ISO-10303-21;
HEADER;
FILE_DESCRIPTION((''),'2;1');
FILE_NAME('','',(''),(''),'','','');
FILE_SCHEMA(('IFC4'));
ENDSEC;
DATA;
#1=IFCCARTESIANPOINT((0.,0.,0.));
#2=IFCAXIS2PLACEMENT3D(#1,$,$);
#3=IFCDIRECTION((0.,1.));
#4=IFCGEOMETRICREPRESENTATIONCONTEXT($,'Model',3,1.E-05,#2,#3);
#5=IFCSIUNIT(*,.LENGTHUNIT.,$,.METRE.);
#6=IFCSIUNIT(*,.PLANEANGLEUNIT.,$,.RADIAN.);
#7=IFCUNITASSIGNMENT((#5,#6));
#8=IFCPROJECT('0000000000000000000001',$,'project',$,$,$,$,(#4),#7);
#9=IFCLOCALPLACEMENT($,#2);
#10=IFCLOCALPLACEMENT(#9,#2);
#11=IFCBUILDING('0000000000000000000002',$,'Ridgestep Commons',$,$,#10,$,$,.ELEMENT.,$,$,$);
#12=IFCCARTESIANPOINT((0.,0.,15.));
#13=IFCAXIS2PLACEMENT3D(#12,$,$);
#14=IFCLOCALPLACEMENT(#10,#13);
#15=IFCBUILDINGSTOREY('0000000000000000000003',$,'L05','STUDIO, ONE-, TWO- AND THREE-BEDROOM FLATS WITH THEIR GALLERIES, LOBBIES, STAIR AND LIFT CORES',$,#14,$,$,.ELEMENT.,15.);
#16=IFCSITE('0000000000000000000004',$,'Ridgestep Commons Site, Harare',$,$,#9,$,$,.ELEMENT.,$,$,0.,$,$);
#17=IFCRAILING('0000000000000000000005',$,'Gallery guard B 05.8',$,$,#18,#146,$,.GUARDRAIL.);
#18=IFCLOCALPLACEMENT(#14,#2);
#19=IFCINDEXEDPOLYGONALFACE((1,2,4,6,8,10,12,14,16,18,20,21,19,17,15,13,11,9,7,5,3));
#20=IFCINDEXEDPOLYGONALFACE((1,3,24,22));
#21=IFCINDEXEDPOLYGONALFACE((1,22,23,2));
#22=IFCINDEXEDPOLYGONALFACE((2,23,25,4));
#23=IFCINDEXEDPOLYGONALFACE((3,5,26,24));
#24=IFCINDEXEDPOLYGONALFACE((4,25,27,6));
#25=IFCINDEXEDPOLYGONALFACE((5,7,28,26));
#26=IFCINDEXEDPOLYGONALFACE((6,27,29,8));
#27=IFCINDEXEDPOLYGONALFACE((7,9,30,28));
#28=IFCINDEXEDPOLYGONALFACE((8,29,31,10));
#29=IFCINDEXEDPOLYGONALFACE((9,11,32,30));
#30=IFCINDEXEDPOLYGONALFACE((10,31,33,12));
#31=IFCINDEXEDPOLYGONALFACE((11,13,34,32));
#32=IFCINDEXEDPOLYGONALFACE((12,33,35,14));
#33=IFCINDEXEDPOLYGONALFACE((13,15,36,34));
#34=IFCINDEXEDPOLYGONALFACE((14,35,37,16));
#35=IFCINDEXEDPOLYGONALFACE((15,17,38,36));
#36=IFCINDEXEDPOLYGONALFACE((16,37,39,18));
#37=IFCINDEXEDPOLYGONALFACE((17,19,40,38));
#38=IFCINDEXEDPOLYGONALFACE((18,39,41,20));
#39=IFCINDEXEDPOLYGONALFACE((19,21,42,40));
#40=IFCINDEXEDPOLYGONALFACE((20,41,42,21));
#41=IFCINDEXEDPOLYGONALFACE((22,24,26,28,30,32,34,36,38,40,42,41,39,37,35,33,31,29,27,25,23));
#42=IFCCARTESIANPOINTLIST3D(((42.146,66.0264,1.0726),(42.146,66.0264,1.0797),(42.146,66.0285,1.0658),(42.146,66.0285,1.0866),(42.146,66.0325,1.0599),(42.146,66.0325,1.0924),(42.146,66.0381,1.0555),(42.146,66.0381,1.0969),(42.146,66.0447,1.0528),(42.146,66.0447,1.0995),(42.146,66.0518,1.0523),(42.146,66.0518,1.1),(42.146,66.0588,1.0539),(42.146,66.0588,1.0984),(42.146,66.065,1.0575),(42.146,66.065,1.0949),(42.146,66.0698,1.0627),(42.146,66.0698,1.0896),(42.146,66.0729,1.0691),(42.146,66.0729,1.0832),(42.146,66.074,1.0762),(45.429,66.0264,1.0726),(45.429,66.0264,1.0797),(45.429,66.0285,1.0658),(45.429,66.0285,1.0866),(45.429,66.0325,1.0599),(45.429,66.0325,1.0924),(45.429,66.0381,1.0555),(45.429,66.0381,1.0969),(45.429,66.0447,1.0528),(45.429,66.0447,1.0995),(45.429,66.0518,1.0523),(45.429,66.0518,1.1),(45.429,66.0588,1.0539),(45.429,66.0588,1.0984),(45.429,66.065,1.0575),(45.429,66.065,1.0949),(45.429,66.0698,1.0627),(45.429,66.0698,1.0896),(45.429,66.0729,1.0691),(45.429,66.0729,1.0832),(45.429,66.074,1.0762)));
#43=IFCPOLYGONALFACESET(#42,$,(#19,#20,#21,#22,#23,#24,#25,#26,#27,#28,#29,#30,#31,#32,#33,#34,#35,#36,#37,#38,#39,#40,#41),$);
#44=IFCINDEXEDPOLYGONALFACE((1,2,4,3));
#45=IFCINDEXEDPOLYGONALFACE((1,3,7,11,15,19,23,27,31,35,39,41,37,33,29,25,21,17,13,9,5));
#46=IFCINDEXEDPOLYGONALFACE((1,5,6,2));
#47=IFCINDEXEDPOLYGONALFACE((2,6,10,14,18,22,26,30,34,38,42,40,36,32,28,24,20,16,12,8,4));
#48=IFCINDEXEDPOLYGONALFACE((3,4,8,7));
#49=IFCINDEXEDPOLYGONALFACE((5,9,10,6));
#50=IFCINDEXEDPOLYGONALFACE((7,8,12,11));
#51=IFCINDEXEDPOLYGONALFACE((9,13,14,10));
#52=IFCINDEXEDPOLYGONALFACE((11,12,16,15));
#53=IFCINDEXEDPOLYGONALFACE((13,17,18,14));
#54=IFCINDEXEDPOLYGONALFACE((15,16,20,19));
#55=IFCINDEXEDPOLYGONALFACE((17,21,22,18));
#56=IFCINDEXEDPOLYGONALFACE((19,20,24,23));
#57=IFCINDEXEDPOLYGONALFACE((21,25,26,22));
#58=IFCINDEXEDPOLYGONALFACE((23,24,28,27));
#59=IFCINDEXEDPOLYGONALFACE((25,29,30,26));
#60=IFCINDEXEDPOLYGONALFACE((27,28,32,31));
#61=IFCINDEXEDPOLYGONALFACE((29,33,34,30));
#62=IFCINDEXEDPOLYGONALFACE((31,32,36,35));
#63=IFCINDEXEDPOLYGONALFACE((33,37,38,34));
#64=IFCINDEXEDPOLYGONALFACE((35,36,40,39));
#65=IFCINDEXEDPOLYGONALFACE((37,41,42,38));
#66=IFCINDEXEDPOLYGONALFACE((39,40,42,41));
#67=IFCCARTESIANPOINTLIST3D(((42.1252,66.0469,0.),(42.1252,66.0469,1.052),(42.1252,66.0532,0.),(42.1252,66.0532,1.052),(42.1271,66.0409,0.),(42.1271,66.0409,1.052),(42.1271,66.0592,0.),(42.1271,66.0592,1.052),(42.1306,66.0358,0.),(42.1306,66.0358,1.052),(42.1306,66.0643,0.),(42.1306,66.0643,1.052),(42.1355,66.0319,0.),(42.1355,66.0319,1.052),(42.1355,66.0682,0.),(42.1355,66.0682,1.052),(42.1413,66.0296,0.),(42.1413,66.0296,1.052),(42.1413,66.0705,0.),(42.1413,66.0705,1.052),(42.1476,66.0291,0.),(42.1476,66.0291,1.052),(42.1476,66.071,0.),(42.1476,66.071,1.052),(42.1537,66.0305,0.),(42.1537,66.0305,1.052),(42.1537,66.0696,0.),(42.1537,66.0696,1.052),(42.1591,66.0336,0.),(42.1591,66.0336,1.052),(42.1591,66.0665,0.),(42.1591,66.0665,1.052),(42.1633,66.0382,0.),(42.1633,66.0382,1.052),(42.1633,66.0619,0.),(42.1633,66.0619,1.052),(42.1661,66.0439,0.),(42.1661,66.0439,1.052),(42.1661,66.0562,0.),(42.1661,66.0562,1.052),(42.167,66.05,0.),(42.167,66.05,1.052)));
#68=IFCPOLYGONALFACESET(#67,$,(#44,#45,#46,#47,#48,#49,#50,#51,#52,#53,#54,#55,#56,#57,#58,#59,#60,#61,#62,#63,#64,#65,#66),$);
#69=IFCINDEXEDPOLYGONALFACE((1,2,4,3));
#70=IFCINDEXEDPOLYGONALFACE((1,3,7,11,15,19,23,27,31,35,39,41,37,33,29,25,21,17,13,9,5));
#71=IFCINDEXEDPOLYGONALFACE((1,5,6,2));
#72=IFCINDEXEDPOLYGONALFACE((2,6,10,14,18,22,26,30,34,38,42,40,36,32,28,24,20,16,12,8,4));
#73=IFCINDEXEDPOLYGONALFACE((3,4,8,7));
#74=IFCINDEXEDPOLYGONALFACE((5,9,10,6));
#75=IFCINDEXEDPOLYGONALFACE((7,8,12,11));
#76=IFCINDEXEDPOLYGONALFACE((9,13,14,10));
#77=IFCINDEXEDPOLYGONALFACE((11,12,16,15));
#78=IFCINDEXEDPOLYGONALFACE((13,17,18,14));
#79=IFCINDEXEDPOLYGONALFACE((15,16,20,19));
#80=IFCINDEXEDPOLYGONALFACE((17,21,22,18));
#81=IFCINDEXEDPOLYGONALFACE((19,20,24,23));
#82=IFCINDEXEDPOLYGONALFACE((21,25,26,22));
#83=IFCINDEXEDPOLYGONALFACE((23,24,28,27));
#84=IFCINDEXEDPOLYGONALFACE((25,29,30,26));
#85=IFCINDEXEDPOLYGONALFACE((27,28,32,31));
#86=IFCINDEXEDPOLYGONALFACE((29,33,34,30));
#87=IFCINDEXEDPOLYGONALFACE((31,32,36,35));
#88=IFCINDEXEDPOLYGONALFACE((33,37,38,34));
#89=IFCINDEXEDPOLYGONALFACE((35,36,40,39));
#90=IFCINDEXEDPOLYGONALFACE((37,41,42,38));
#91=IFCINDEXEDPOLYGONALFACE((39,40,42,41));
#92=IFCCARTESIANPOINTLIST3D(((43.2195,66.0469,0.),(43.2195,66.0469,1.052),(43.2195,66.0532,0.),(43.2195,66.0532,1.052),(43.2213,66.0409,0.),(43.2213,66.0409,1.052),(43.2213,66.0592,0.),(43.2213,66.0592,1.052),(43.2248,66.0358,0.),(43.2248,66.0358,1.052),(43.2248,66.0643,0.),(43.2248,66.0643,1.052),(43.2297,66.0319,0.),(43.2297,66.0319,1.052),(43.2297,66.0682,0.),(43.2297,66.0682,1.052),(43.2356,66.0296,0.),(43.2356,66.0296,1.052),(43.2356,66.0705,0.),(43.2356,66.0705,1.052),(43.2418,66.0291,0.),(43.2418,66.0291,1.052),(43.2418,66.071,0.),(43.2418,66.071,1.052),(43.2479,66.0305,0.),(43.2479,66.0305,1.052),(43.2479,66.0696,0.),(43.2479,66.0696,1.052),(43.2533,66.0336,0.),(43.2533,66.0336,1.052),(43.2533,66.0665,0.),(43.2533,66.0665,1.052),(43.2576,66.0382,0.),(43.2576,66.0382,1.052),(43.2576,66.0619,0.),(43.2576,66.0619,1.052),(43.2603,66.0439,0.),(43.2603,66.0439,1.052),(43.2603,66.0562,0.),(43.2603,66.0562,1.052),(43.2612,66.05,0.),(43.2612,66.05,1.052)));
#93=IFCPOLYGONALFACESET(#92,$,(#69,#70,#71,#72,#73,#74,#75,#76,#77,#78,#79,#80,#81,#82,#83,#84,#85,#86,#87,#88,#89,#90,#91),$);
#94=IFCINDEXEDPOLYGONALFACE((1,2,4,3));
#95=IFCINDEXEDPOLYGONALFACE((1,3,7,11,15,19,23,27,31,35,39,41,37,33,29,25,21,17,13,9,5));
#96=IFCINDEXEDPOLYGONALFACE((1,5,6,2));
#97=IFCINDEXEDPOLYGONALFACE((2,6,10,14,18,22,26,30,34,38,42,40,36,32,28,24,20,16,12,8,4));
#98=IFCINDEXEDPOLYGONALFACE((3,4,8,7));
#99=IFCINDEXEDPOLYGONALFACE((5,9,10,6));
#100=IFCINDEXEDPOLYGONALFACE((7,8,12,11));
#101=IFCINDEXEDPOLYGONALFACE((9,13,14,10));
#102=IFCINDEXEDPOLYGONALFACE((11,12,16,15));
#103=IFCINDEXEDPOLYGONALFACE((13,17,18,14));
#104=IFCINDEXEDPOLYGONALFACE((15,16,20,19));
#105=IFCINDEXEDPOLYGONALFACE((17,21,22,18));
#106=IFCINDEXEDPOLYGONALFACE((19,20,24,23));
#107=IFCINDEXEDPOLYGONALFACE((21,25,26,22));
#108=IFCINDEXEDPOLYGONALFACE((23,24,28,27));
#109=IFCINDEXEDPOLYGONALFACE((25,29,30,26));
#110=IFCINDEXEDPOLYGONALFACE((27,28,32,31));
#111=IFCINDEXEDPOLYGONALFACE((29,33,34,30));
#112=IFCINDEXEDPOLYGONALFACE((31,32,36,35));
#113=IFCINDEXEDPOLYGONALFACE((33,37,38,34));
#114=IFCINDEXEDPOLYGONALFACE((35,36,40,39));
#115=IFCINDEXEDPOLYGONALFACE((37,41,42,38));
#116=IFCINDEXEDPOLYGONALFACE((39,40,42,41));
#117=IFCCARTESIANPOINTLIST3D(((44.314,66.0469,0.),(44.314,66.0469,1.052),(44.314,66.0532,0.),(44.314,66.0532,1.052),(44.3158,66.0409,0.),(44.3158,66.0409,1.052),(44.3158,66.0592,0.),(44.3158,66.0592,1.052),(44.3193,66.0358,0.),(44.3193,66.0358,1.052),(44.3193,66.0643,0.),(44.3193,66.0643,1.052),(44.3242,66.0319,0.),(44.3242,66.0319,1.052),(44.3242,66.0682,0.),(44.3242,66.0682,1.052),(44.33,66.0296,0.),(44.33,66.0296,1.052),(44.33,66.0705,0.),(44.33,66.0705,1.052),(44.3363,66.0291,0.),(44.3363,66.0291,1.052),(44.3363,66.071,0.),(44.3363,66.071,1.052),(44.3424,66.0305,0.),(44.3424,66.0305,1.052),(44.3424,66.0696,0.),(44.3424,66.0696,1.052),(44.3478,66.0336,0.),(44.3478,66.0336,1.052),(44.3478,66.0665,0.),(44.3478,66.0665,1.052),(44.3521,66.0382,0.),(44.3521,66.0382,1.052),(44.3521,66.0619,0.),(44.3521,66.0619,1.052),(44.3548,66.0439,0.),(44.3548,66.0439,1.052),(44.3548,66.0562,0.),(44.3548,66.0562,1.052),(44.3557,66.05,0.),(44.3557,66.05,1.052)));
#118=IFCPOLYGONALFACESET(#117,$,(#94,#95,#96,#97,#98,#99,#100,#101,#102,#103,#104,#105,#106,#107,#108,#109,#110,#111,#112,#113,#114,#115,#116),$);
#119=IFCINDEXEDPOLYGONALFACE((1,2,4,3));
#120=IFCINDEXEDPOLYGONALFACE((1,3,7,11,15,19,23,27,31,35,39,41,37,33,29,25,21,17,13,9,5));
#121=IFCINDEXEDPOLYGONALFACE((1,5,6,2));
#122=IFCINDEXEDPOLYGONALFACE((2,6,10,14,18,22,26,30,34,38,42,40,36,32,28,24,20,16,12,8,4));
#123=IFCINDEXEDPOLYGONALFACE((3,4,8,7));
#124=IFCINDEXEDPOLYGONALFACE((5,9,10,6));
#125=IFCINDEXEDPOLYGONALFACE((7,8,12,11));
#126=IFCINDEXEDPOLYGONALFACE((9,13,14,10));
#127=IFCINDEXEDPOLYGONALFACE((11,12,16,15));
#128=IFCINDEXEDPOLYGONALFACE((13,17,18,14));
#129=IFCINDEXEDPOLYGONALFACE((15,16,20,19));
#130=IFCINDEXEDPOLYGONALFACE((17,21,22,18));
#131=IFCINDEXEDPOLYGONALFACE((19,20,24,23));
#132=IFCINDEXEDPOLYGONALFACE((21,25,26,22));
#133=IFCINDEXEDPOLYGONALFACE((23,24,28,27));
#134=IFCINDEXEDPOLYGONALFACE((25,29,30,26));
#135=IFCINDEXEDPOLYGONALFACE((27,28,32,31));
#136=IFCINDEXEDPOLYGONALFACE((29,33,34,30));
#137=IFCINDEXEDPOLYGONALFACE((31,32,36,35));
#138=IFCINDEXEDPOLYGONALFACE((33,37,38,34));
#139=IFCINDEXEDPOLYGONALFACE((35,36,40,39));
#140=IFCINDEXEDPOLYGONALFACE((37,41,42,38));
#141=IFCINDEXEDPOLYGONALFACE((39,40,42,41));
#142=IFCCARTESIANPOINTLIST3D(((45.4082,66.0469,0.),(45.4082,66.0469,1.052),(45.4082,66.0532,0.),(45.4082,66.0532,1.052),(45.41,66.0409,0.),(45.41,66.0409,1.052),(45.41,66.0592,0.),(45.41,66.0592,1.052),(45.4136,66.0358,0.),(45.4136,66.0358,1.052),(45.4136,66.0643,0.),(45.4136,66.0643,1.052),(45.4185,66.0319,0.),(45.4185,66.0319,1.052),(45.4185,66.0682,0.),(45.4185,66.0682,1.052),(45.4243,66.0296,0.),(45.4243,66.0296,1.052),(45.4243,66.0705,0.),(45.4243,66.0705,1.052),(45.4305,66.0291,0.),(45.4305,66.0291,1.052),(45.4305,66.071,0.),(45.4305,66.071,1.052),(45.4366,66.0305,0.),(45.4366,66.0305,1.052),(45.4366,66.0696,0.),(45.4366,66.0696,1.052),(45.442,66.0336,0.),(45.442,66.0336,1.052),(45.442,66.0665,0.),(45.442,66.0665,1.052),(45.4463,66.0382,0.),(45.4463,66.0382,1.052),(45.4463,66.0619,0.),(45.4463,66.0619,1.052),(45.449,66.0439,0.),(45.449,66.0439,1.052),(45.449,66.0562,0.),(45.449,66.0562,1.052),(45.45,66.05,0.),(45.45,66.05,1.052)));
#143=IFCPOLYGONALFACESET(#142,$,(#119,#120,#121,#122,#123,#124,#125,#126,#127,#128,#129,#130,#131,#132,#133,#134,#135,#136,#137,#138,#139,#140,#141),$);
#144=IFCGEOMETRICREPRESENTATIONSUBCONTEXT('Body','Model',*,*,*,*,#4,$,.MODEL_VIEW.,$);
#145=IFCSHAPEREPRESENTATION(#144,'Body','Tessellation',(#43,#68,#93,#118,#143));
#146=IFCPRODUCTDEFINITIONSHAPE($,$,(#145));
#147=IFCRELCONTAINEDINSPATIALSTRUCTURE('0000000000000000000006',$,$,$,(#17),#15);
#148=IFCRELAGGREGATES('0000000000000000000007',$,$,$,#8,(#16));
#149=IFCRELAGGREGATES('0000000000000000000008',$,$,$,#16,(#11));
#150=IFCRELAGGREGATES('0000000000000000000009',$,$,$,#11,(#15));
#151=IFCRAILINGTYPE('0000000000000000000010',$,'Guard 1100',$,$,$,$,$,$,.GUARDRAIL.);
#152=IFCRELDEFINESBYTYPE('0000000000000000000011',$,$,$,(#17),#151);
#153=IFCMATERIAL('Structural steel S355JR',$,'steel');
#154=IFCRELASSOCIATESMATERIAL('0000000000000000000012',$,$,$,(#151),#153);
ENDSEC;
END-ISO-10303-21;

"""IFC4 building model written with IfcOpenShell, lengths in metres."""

from ifc_helpers import new_model, si_unit, direction, frame, origin, origin_2d, place, context, subcontext, project, spatial, circle, extrude, material, type_object, element, save


model = new_model("IFC4")

# Units and contexts
model_context = context("Model", 3, precision=1e-05, world=origin(), true_north=direction((0.0, 1.0)))
body_context = subcontext(model_context, "Body", "Model", "MODEL_VIEW")
ifc_project = project(units=[si_unit("LENGTHUNIT", "METRE"), si_unit("PLANEANGLEUNIT", "RADIAN")], contexts=[model_context])

# Site, building, storey
site_placement = place(None, origin())
site = spatial("IfcSite", under=ifc_project, at=site_placement, Name="Ridgestep Commons Site, Harare", CompositionType="ELEMENT", RefElevation=0.0)
building_placement = place(site_placement, origin())
building = spatial("IfcBuilding", under=site, at=building_placement, Name="Ridgestep Commons", CompositionType="ELEMENT")
storey_placement = place(building_placement, frame((0.0, 0.0, 15.0)))
storey = spatial("IfcBuildingStorey", under=building, at=storey_placement, Name="L05", Description="STUDIO, ONE-, TWO- AND THREE-BEDROOM FLATS WITH THEIR GALLERIES, LOBBIES, STAIR AND LIFT CORES", CompositionType="ELEMENT", Elevation=15.0)

# Railing
ifc_material_1 = material(Name="Structural steel S355JR", Category="steel")
railing_type = type_object("IfcRailingType", Name="Guard 1100", PredefinedType="GUARDRAIL", material=ifc_material_1)
railing_1_placement = place(storey_placement, frame((42.146, 66.05, 0.0)))
element("IfcRailing", 1, at=railing_1_placement, inside=storey, type_object=railing_type, Name="Gallery guard B 05.8", PredefinedType="GUARDRAIL", context=body_context, shape_type="SweptSolid", body=[
    extrude(circle(Radius=0.0239, at=origin_2d()), frame((0.0, 0.0, 1.0762), z_axis=(1.0, 0.0, 0.0), x_axis=(0.0, 1.0, 0.0)), (0.0, 0.0, 1.0), 3.283),
    extrude(circle(Radius=0.021, at=origin_2d()), origin(), (0.0, 0.0, 1.0), 1.052),
    extrude(circle(Radius=0.021, at=origin_2d()), frame((1.0942, 0.0, 0.0)), (0.0, 0.0, 1.0), 1.052),
    extrude(circle(Radius=0.021, at=origin_2d()), frame((2.1887, 0.0, 0.0)), (0.0, 0.0, 1.0), 1.052),
    extrude(circle(Radius=0.021, at=origin_2d()), frame((3.283, 0.0, 0.0)), (0.0, 0.0, 1.0), 1.052),
])

save(model, "model.ifc")
